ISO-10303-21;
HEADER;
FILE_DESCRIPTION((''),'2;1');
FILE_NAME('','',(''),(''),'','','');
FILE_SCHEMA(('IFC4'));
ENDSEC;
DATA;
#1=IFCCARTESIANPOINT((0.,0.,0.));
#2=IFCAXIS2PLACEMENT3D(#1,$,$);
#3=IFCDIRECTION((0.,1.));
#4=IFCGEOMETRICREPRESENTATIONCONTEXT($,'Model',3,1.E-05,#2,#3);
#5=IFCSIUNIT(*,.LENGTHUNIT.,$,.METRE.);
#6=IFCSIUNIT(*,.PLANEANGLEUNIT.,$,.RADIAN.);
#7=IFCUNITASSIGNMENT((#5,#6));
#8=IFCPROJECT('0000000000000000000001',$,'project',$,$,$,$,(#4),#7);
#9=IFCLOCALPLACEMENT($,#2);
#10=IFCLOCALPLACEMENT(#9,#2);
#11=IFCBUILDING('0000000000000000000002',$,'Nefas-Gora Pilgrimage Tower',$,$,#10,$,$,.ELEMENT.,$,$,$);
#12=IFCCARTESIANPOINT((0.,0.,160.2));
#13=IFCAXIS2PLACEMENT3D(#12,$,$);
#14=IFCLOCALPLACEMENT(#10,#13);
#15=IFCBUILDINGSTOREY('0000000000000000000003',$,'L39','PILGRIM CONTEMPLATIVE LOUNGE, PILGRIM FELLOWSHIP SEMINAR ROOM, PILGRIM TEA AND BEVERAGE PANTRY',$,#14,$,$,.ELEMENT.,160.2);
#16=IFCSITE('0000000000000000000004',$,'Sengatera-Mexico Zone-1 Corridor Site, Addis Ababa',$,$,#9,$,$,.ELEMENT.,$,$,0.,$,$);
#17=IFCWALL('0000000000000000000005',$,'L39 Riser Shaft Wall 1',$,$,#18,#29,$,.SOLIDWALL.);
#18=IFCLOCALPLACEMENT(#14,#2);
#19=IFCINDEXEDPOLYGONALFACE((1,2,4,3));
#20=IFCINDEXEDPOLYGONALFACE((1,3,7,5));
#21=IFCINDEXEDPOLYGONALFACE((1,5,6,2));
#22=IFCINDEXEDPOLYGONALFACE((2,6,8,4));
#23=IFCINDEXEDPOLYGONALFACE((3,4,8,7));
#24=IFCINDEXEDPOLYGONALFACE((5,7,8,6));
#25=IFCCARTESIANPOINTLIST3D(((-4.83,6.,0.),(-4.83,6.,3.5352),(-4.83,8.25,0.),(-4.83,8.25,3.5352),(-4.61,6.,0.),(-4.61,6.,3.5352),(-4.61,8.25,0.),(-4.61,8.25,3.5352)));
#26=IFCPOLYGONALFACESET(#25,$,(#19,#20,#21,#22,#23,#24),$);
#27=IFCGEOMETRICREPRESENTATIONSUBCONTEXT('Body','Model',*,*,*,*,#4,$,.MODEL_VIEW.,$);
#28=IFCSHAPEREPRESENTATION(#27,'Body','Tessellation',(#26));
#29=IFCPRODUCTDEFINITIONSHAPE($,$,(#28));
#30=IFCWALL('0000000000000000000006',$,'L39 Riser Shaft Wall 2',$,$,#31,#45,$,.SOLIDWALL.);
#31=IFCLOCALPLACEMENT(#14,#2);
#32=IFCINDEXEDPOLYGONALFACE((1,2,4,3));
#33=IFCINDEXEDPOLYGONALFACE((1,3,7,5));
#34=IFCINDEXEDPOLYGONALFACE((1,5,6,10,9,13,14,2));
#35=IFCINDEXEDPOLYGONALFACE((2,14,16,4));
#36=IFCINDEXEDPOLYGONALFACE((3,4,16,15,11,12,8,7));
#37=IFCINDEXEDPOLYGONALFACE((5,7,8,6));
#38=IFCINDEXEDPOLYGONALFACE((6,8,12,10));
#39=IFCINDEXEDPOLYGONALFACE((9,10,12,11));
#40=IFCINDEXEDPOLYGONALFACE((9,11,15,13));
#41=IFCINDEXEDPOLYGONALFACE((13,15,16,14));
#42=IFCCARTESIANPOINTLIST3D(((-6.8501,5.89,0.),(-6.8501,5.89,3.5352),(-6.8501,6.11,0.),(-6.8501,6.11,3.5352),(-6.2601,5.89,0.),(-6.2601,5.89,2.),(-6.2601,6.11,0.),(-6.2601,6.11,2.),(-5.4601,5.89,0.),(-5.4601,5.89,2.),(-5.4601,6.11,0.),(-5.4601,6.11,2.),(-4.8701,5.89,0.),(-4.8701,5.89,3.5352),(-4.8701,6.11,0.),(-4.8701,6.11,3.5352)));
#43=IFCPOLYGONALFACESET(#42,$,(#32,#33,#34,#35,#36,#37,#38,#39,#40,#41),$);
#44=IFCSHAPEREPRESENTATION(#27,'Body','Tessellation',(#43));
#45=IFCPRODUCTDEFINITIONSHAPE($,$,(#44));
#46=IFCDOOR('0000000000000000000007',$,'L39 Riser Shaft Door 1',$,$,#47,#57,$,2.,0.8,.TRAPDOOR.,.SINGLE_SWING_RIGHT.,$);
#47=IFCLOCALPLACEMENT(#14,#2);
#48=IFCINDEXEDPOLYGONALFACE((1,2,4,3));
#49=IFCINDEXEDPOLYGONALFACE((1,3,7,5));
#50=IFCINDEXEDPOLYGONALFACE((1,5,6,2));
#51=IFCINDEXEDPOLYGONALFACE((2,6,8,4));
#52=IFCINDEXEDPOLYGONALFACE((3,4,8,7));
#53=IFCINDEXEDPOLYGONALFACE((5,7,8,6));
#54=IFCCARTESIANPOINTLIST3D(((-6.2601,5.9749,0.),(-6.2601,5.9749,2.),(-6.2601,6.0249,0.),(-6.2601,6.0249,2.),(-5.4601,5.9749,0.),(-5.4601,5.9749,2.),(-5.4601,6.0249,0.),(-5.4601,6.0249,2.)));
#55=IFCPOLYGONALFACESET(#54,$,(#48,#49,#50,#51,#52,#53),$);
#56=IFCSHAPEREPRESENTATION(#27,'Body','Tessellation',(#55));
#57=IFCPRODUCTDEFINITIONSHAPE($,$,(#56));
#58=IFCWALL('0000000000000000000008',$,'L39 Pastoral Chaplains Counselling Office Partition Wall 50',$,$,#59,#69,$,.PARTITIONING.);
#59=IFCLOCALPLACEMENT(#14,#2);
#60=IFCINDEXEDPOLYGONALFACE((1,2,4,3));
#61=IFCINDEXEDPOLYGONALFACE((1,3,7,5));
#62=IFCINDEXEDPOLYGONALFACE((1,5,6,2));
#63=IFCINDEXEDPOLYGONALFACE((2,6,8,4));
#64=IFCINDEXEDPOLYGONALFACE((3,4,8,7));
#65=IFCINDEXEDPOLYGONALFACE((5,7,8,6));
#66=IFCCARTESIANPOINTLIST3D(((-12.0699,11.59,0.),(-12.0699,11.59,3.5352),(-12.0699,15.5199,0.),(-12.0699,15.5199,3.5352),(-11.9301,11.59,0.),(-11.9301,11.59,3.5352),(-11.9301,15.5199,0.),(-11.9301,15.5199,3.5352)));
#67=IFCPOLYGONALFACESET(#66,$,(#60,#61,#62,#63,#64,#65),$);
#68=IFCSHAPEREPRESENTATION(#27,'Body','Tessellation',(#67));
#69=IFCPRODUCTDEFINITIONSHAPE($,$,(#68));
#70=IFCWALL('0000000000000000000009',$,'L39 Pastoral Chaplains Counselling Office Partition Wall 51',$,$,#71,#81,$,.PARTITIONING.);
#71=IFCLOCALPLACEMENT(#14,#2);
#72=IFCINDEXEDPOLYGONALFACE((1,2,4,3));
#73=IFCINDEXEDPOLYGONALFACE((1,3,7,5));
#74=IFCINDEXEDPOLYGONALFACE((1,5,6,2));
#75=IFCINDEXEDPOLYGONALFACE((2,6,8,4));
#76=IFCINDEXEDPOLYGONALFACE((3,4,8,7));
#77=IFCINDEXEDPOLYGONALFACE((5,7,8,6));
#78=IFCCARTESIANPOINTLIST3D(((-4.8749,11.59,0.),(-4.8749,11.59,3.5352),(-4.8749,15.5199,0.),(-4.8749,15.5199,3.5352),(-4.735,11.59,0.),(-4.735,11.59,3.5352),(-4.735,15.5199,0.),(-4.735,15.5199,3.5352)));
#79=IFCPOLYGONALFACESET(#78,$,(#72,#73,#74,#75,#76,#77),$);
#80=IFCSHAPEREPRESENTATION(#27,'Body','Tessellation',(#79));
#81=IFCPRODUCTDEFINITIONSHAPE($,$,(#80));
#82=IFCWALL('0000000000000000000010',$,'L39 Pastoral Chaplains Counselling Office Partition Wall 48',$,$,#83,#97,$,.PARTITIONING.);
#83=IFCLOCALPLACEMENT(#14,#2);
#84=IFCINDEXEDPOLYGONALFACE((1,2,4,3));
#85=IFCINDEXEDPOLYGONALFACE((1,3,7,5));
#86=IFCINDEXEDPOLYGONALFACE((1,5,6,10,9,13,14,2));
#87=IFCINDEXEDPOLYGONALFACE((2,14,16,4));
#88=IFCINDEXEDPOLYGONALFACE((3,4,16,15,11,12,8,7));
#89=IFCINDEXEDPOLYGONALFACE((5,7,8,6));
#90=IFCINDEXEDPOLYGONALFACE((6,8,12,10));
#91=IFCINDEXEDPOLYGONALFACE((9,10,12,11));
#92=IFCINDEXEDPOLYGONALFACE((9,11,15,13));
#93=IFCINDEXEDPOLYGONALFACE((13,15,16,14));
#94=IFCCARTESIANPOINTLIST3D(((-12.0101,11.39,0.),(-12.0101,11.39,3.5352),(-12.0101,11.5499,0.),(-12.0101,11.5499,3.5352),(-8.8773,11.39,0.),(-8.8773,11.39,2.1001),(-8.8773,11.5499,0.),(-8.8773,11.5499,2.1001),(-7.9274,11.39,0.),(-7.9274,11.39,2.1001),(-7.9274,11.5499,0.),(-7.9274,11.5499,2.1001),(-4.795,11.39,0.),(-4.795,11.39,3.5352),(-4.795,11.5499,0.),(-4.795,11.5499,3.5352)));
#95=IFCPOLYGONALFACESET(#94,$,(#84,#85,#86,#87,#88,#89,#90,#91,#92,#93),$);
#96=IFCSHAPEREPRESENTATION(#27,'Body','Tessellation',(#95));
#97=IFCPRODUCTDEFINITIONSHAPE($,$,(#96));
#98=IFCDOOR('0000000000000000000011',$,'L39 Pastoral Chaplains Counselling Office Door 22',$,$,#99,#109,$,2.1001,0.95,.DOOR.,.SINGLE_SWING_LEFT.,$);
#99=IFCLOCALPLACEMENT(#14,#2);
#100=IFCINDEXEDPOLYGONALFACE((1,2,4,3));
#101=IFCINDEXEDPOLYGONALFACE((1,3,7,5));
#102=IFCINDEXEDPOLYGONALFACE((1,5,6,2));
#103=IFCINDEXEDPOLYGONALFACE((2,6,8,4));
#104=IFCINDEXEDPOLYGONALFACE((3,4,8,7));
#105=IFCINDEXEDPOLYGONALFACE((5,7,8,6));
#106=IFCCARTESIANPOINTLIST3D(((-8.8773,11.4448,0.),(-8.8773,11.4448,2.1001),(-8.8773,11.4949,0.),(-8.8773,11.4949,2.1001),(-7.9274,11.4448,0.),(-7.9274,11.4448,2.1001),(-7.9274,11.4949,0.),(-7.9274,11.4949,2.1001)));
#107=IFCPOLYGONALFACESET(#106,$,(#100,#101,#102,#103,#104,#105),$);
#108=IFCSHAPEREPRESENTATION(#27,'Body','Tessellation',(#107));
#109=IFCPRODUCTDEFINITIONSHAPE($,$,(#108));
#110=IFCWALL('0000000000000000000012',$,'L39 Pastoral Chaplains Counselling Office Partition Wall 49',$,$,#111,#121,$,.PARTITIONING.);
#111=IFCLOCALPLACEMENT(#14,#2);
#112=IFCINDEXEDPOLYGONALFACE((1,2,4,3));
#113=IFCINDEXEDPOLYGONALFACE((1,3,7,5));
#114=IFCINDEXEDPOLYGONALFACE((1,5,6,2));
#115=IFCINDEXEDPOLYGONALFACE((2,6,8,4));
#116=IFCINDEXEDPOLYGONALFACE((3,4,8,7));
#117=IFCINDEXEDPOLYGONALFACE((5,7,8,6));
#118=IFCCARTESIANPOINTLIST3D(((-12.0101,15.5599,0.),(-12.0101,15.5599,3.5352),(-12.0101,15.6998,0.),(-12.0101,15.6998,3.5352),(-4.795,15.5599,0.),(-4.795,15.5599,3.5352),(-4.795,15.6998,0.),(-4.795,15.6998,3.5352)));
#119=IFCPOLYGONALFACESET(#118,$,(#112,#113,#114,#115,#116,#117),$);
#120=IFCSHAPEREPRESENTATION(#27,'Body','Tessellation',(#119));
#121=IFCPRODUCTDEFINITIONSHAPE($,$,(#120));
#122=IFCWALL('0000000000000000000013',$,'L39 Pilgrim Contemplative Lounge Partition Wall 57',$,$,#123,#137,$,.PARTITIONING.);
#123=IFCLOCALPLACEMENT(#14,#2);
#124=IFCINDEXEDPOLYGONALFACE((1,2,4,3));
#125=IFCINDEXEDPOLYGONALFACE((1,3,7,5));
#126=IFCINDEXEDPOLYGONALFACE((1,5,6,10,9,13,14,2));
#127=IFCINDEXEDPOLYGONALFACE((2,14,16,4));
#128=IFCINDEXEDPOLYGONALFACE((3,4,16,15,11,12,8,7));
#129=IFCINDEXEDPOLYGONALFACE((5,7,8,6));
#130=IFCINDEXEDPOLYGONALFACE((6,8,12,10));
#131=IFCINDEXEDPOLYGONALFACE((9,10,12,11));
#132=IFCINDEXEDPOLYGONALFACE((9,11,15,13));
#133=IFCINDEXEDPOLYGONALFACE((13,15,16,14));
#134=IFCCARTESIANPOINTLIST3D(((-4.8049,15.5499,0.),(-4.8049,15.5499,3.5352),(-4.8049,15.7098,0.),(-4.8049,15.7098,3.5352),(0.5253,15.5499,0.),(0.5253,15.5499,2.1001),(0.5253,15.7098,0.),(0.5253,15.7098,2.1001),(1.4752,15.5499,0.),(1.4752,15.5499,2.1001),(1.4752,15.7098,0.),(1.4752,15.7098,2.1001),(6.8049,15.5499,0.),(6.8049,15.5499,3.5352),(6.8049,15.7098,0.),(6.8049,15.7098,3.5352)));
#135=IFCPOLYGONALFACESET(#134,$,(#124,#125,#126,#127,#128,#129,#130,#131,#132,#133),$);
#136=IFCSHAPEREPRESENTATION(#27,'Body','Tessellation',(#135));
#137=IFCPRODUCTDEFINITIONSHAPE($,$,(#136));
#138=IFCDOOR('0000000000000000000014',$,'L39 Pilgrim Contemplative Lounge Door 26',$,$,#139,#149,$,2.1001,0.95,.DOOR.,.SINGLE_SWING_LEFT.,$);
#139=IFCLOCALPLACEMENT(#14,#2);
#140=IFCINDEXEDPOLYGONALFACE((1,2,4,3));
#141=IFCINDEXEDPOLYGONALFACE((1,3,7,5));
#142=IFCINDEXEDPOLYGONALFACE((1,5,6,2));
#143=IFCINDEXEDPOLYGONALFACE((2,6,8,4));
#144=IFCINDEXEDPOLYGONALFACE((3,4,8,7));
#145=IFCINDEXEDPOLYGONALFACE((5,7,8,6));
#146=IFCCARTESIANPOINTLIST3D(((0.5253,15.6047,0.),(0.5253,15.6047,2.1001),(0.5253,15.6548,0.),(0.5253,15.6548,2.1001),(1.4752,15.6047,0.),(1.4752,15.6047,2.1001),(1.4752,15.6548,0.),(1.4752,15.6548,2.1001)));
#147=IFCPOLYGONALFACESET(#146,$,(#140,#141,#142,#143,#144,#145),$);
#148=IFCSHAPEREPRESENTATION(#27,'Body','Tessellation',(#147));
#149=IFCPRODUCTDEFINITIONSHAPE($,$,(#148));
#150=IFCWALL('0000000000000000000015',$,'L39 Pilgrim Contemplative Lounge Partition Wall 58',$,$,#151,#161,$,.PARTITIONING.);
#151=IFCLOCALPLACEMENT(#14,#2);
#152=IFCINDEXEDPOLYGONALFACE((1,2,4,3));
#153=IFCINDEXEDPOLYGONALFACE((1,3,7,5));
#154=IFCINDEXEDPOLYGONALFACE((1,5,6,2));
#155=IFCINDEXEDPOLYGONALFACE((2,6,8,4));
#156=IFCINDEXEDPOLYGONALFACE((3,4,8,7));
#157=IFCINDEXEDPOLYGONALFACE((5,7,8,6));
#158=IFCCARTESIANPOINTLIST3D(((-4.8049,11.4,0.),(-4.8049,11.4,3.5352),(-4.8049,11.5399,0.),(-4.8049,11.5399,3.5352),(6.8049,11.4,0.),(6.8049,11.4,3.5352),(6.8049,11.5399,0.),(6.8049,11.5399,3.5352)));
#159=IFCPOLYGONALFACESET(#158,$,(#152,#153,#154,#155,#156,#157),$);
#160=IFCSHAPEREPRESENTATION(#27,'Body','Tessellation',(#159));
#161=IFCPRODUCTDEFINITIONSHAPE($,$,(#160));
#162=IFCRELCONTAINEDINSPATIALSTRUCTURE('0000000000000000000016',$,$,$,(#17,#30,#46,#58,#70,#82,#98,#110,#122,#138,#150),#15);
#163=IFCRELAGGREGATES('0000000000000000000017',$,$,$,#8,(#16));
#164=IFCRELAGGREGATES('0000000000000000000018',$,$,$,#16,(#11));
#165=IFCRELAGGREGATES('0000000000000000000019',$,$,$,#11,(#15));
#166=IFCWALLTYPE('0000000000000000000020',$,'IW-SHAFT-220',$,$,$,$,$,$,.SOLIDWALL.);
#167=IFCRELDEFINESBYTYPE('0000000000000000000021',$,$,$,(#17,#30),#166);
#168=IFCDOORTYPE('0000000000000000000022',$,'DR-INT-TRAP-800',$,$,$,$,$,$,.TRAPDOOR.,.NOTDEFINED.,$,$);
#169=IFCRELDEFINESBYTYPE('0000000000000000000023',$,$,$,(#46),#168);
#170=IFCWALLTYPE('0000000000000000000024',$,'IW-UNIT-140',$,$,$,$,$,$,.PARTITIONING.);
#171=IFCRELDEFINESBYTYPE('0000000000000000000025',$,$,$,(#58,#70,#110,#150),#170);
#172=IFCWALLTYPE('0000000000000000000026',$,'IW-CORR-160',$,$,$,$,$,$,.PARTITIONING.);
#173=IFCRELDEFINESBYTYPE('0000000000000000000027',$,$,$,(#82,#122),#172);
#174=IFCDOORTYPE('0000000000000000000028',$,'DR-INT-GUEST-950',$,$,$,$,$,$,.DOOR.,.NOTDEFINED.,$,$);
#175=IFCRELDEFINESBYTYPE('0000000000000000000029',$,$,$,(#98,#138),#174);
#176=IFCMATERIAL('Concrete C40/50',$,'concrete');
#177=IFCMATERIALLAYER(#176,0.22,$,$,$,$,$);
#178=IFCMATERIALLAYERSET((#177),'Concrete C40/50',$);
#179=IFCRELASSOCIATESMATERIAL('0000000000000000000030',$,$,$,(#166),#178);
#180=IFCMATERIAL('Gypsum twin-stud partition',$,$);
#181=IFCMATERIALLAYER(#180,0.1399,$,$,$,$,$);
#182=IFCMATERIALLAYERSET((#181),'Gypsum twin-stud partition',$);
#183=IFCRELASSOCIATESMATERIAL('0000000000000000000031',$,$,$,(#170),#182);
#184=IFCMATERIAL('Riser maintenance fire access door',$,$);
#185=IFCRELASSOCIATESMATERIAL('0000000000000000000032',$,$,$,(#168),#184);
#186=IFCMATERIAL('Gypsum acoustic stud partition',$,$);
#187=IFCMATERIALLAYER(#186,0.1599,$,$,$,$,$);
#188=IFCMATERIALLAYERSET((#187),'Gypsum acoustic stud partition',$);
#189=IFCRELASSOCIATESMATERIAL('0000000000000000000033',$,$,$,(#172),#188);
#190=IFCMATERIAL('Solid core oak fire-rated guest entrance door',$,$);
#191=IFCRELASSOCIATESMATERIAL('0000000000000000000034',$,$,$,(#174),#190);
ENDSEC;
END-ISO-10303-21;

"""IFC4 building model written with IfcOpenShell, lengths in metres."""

from ifc_helpers import new_model, si_unit, direction, frame, frame_2d, origin, place, context, subcontext, project, spatial, rectangle, extrude, source, transform, mapped, material, layer, layer_set, type_object, element, fill, save


model = new_model("IFC4")

# Units and contexts
model_context = context("Model", 3, precision=1e-05, world=origin(), true_north=direction((0.0, 1.0)))
body_context = subcontext(model_context, "Body", "Model", "MODEL_VIEW")
ifc_project = project(units=[si_unit("LENGTHUNIT", "METRE"), si_unit("PLANEANGLEUNIT", "RADIAN")], contexts=[model_context])

# Site, building, storey
site_placement = place(None, origin())
site = spatial("IfcSite", under=ifc_project, at=site_placement, Name="Sengatera-Mexico Zone-1 Corridor Site, Addis Ababa", CompositionType="ELEMENT", RefElevation=0.0)
building_placement = place(site_placement, origin())
building = spatial("IfcBuilding", under=site, at=building_placement, Name="Nefas-Gora Pilgrimage Tower", CompositionType="ELEMENT")
storey_placement = place(building_placement, frame((0.0, 0.0, 160.2)))
storey = spatial("IfcBuildingStorey", under=building, at=storey_placement, Name="L39", Description="PILGRIM CONTEMPLATIVE LOUNGE, PILGRIM FELLOWSHIP SEMINAR ROOM, PILGRIM TEA AND BEVERAGE PANTRY", CompositionType="ELEMENT", Elevation=160.2)

# Shared definitions
ifc_material_1 = material(Name="Concrete C40/50", Category="concrete")
ifc_layer_1 = layer(ifc_material_1, 0.22)
ifc_layer_set_1 = layer_set([ifc_layer_1], Name="Concrete C40/50")
wall_type_1 = type_object("IfcWallType", Name="IW-SHAFT-220", PredefinedType="SOLIDWALL", material=ifc_layer_set_1)

# Wall
ifc_material_2 = material(Name="Gypsum twin-stud partition")
ifc_layer_2 = layer(ifc_material_2, 0.1399)
ifc_layer_set_2 = layer_set([ifc_layer_2], Name="Gypsum twin-stud partition")
wall_type_2 = type_object("IfcWallType", Name="IW-UNIT-140", PredefinedType="PARTITIONING", material=ifc_layer_set_2)
shared_shape_1 = source(origin(), body_context, "Body", "SweptSolid", [
    extrude(rectangle(XDim=2.25, YDim=0.22, at=frame_2d((1.125, 0.0))), origin(), (0.0, 0.0, 1.0), 3.5352),
])
wall_1_placement = place(storey_placement, frame((-4.72, 6.0, 0.0), z_axis=(0.0, 0.0, 1.0), x_axis=(0.0, 1.0, 0.0)))
element("IfcWall", 1, at=wall_1_placement, inside=storey, type_object=wall_type_1, Name="L39 Riser Shaft Wall 1", PredefinedType="SOLIDWALL", context=body_context, shape_type="MappedRepresentation", body=[
    mapped(shared_shape_1, transform((0.0, 0.0, 0.0), x_axis=(1.0, 0.0, 0.0), y_axis=(0.0, 1.0, 0.0), z_axis=(0.0, 0.0, 1.0), scale=1.0)),
])

# Wall, opening, door
shared_shape_2 = source(origin(), body_context, "Body", "SweptSolid", [
    extrude(rectangle(XDim=1.98, YDim=0.22, at=frame_2d((0.99, 0.0))), origin(), (0.0, 0.0, 1.0), 3.5352),
])
wall_2_placement = place(storey_placement, frame((-6.8501, 6.0, 0.0), z_axis=(0.0, 0.0, 1.0), x_axis=(1.0, 0.0, 0.0)))
wall_2 = element("IfcWall", 2, at=wall_2_placement, inside=storey, type_object=wall_type_1, Name="L39 Riser Shaft Wall 2", PredefinedType="SOLIDWALL", context=body_context, shape_type="MappedRepresentation", body=[
    mapped(shared_shape_2, transform((0.0, 0.0, 0.0), x_axis=(1.0, 0.0, 0.0), y_axis=(0.0, 1.0, 0.0), z_axis=(0.0, 0.0, 1.0), scale=1.0)),
])
opening_1_placement = place(wall_2_placement, frame((0.5901, 0.0, 0.0)))
opening_1 = element("IfcOpeningElement", 3, at=opening_1_placement, cuts=wall_2, PredefinedType="OPENING", context=body_context, shape_type="SweptSolid", body=[
    extrude(rectangle(XDim=0.8, YDim=2.0, at=frame_2d((0.3999, 1.0))), frame((0.0, 0.1199, 0.0), z_axis=(0.0, -1.0, 0.0), x_axis=(1.0, 0.0, 0.0)), (0.0, 0.0, 1.0), 0.24),
])
ifc_material_3 = material(Name="Riser maintenance fire access door")
door_type_1 = type_object("IfcDoorType", Name="DR-INT-TRAP-800", OperationType="NOTDEFINED", PredefinedType="TRAPDOOR", material=ifc_material_3)
shared_shape_3 = source(origin(), body_context, "Body", "SweptSolid", [
    extrude(rectangle(XDim=0.8, YDim=2.0, at=frame_2d((0.3999, 1.0))), frame((0.0, 0.0249, 0.0), z_axis=(0.0, -1.0, 0.0), x_axis=(1.0, 0.0, 0.0)), (0.0, 0.0, 1.0), 0.05),
])
door_1_placement = place(opening_1_placement, origin())
door_1 = element("IfcDoor", 4, at=door_1_placement, inside=storey, type_object=door_type_1, Name="L39 Riser Shaft Door 1", OperationType="SINGLE_SWING_RIGHT", OverallHeight=2.0, OverallWidth=0.8, PredefinedType="TRAPDOOR", context=body_context, shape_type="MappedRepresentation", body=[
    mapped(shared_shape_3, transform((0.0, 0.0, 0.0), x_axis=(1.0, 0.0, 0.0), y_axis=(0.0, 1.0, 0.0), z_axis=(0.0, 0.0, 1.0), scale=1.0)),
])
fill(opening_1, door_1)

# Walls
shared_shape_4 = source(origin(), body_context, "Body", "SweptSolid", [
    extrude(rectangle(XDim=3.9299, YDim=0.1399, at=frame_2d((1.9648, 0.0))), origin(), (0.0, 0.0, 1.0), 3.5352),
])
for number, where, z_axis, x_axis, name in (
    (5, (-12.0, 11.5901, 0.0), (0.0, 0.0, 1.0), (0.0, 1.0, 0.0), "L39 Pastoral Chaplains Counselling Office Partition Wall 50"),
    (6, (-4.8049, 11.5901, 0.0), (0.0, 0.0, 1.0), (0.0, 1.0, 0.0), "L39 Pastoral Chaplains Counselling Office Partition Wall 51"),
):
    element("IfcWall", number, at=place(storey_placement, frame(where, z_axis=z_axis, x_axis=x_axis)), inside=storey, type_object=wall_type_2, Name=name, PredefinedType="PARTITIONING", context=body_context, shape_type="MappedRepresentation", body=[
        mapped(shared_shape_4, transform((0.0, 0.0, 0.0), x_axis=(1.0, 0.0, 0.0), y_axis=(0.0, 1.0, 0.0), z_axis=(0.0, 0.0, 1.0), scale=1.0)),
    ])

# Wall, opening, door
ifc_material_4 = material(Name="Gypsum acoustic stud partition")
ifc_layer_3 = layer(ifc_material_4, 0.1599)
ifc_layer_set_3 = layer_set([ifc_layer_3], Name="Gypsum acoustic stud partition")
wall_type_3 = type_object("IfcWallType", Name="IW-CORR-160", PredefinedType="PARTITIONING", material=ifc_layer_set_3)
shared_shape_5 = source(origin(), body_context, "Body", "SweptSolid", [
    extrude(rectangle(XDim=7.2151, YDim=0.1599, at=frame_2d((3.6074, 0.0))), origin(), (0.0, 0.0, 1.0), 3.5352),
])
wall_3_placement = place(storey_placement, frame((-12.01, 11.47, 0.0), z_axis=(0.0, 0.0, 1.0), x_axis=(1.0, 0.0, 0.0)))
wall_3 = element("IfcWall", 7, at=wall_3_placement, inside=storey, type_object=wall_type_3, Name="L39 Pastoral Chaplains Counselling Office Partition Wall 48", PredefinedType="PARTITIONING", context=body_context, shape_type="MappedRepresentation", body=[
    mapped(shared_shape_5, transform((0.0, 0.0, 0.0), x_axis=(1.0, 0.0, 0.0), y_axis=(0.0, 1.0, 0.0), z_axis=(0.0, 0.0, 1.0), scale=1.0)),
])
opening_2_placement = place(wall_3_placement, frame((3.1326, 0.0, 0.0)))
opening_2 = element("IfcOpeningElement", 8, at=opening_2_placement, cuts=wall_3, PredefinedType="OPENING", context=body_context, shape_type="SweptSolid", body=[
    extrude(rectangle(XDim=0.95, YDim=2.1001, at=frame_2d((0.4751, 1.05))), frame((0.0, 0.0898, 0.0), z_axis=(0.0, -1.0, 0.0), x_axis=(1.0, 0.0, 0.0)), (0.0, 0.0, 1.0), 0.1799),
])
ifc_material_5 = material(Name="Solid core oak fire-rated guest entrance door")
door_type_2 = type_object("IfcDoorType", Name="DR-INT-GUEST-950", OperationType="NOTDEFINED", PredefinedType="DOOR", material=ifc_material_5)
shared_shape_6 = source(origin(), body_context, "Body", "SweptSolid", [
    extrude(rectangle(XDim=0.95, YDim=2.1001, at=frame_2d((0.4751, 1.05))), frame((0.0, 0.0249, 0.0), z_axis=(0.0, -1.0, 0.0), x_axis=(1.0, 0.0, 0.0)), (0.0, 0.0, 1.0), 0.05),
])
door_2_placement = place(opening_2_placement, origin())
door_2 = element("IfcDoor", 9, at=door_2_placement, inside=storey, type_object=door_type_2, Name="L39 Pastoral Chaplains Counselling Office Door 22", OperationType="SINGLE_SWING_LEFT", OverallHeight=2.1001, OverallWidth=0.95, PredefinedType="DOOR", context=body_context, shape_type="MappedRepresentation", body=[
    mapped(shared_shape_6, transform((0.0, 0.0, 0.0), x_axis=(1.0, 0.0, 0.0), y_axis=(0.0, 1.0, 0.0), z_axis=(0.0, 0.0, 1.0), scale=1.0)),
])
fill(opening_2, door_2)

# Wall
shared_shape_7 = source(origin(), body_context, "Body", "SweptSolid", [
    extrude(rectangle(XDim=7.2151, YDim=0.1399, at=frame_2d((3.6074, 0.0))), origin(), (0.0, 0.0, 1.0), 3.5352),
])
wall_4_placement = place(storey_placement, frame((-12.01, 15.6299, 0.0), z_axis=(0.0, 0.0, 1.0), x_axis=(1.0, 0.0, 0.0)))
element("IfcWall", 10, at=wall_4_placement, inside=storey, type_object=wall_type_2, Name="L39 Pastoral Chaplains Counselling Office Partition Wall 49", PredefinedType="PARTITIONING", context=body_context, shape_type="MappedRepresentation", body=[
    mapped(shared_shape_7, transform((0.0, 0.0, 0.0), x_axis=(1.0, 0.0, 0.0), y_axis=(0.0, 1.0, 0.0), z_axis=(0.0, 0.0, 1.0), scale=1.0)),
])

# Wall, opening, door
shared_shape_8 = source(origin(), body_context, "Body", "SweptSolid", [
    extrude(rectangle(XDim=11.6099, YDim=0.1599, at=frame_2d((5.8049, 0.0))), origin(), (0.0, 0.0, 1.0), 3.5352),
])
wall_5_placement = place(storey_placement, frame((-4.8049, 15.6299, 0.0), z_axis=(0.0, 0.0, 1.0), x_axis=(1.0, 0.0, 0.0)))
wall_5 = element("IfcWall", 11, at=wall_5_placement, inside=storey, type_object=wall_type_3, Name="L39 Pilgrim Contemplative Lounge Partition Wall 57", PredefinedType="PARTITIONING", context=body_context, shape_type="MappedRepresentation", body=[
    mapped(shared_shape_8, transform((0.0, 0.0, 0.0), x_axis=(1.0, 0.0, 0.0), y_axis=(0.0, 1.0, 0.0), z_axis=(0.0, 0.0, 1.0), scale=1.0)),
])
opening_3_placement = place(wall_5_placement, frame((5.3301, 0.0, 0.0)))
opening_3 = element("IfcOpeningElement", 12, at=opening_3_placement, cuts=wall_5, PredefinedType="OPENING", context=body_context, shape_type="SweptSolid", body=[
    extrude(rectangle(XDim=0.95, YDim=2.1001, at=frame_2d((0.4751, 1.05))), frame((0.0, 0.0898, 0.0), z_axis=(0.0, -1.0, 0.0), x_axis=(1.0, 0.0, 0.0)), (0.0, 0.0, 1.0), 0.1799),
])
door_3_placement = place(opening_3_placement, origin())
door_3 = element("IfcDoor", 13, at=door_3_placement, inside=storey, type_object=door_type_2, Name="L39 Pilgrim Contemplative Lounge Door 26", OperationType="SINGLE_SWING_LEFT", OverallHeight=2.1001, OverallWidth=0.95, PredefinedType="DOOR", context=body_context, shape_type="MappedRepresentation", body=[
    mapped(shared_shape_6, transform((0.0, 0.0, 0.0), x_axis=(1.0, 0.0, 0.0), y_axis=(0.0, 1.0, 0.0), z_axis=(0.0, 0.0, 1.0), scale=1.0)),
])
fill(opening_3, door_3)

# Wall
shared_shape_9 = source(origin(), body_context, "Body", "SweptSolid", [
    extrude(rectangle(XDim=11.6099, YDim=0.1399, at=frame_2d((5.8049, 0.0))), origin(), (0.0, 0.0, 1.0), 3.5352),
])
wall_6_placement = place(storey_placement, frame((-4.8049, 11.47, 0.0), z_axis=(0.0, 0.0, 1.0), x_axis=(1.0, 0.0, 0.0)))
element("IfcWall", 14, at=wall_6_placement, inside=storey, type_object=wall_type_2, Name="L39 Pilgrim Contemplative Lounge Partition Wall 58", PredefinedType="PARTITIONING", context=body_context, shape_type="MappedRepresentation", body=[
    mapped(shared_shape_9, transform((0.0, 0.0, 0.0), x_axis=(1.0, 0.0, 0.0), y_axis=(0.0, 1.0, 0.0), z_axis=(0.0, 0.0, 1.0), scale=1.0)),
])

save(model, "model.ifc")
